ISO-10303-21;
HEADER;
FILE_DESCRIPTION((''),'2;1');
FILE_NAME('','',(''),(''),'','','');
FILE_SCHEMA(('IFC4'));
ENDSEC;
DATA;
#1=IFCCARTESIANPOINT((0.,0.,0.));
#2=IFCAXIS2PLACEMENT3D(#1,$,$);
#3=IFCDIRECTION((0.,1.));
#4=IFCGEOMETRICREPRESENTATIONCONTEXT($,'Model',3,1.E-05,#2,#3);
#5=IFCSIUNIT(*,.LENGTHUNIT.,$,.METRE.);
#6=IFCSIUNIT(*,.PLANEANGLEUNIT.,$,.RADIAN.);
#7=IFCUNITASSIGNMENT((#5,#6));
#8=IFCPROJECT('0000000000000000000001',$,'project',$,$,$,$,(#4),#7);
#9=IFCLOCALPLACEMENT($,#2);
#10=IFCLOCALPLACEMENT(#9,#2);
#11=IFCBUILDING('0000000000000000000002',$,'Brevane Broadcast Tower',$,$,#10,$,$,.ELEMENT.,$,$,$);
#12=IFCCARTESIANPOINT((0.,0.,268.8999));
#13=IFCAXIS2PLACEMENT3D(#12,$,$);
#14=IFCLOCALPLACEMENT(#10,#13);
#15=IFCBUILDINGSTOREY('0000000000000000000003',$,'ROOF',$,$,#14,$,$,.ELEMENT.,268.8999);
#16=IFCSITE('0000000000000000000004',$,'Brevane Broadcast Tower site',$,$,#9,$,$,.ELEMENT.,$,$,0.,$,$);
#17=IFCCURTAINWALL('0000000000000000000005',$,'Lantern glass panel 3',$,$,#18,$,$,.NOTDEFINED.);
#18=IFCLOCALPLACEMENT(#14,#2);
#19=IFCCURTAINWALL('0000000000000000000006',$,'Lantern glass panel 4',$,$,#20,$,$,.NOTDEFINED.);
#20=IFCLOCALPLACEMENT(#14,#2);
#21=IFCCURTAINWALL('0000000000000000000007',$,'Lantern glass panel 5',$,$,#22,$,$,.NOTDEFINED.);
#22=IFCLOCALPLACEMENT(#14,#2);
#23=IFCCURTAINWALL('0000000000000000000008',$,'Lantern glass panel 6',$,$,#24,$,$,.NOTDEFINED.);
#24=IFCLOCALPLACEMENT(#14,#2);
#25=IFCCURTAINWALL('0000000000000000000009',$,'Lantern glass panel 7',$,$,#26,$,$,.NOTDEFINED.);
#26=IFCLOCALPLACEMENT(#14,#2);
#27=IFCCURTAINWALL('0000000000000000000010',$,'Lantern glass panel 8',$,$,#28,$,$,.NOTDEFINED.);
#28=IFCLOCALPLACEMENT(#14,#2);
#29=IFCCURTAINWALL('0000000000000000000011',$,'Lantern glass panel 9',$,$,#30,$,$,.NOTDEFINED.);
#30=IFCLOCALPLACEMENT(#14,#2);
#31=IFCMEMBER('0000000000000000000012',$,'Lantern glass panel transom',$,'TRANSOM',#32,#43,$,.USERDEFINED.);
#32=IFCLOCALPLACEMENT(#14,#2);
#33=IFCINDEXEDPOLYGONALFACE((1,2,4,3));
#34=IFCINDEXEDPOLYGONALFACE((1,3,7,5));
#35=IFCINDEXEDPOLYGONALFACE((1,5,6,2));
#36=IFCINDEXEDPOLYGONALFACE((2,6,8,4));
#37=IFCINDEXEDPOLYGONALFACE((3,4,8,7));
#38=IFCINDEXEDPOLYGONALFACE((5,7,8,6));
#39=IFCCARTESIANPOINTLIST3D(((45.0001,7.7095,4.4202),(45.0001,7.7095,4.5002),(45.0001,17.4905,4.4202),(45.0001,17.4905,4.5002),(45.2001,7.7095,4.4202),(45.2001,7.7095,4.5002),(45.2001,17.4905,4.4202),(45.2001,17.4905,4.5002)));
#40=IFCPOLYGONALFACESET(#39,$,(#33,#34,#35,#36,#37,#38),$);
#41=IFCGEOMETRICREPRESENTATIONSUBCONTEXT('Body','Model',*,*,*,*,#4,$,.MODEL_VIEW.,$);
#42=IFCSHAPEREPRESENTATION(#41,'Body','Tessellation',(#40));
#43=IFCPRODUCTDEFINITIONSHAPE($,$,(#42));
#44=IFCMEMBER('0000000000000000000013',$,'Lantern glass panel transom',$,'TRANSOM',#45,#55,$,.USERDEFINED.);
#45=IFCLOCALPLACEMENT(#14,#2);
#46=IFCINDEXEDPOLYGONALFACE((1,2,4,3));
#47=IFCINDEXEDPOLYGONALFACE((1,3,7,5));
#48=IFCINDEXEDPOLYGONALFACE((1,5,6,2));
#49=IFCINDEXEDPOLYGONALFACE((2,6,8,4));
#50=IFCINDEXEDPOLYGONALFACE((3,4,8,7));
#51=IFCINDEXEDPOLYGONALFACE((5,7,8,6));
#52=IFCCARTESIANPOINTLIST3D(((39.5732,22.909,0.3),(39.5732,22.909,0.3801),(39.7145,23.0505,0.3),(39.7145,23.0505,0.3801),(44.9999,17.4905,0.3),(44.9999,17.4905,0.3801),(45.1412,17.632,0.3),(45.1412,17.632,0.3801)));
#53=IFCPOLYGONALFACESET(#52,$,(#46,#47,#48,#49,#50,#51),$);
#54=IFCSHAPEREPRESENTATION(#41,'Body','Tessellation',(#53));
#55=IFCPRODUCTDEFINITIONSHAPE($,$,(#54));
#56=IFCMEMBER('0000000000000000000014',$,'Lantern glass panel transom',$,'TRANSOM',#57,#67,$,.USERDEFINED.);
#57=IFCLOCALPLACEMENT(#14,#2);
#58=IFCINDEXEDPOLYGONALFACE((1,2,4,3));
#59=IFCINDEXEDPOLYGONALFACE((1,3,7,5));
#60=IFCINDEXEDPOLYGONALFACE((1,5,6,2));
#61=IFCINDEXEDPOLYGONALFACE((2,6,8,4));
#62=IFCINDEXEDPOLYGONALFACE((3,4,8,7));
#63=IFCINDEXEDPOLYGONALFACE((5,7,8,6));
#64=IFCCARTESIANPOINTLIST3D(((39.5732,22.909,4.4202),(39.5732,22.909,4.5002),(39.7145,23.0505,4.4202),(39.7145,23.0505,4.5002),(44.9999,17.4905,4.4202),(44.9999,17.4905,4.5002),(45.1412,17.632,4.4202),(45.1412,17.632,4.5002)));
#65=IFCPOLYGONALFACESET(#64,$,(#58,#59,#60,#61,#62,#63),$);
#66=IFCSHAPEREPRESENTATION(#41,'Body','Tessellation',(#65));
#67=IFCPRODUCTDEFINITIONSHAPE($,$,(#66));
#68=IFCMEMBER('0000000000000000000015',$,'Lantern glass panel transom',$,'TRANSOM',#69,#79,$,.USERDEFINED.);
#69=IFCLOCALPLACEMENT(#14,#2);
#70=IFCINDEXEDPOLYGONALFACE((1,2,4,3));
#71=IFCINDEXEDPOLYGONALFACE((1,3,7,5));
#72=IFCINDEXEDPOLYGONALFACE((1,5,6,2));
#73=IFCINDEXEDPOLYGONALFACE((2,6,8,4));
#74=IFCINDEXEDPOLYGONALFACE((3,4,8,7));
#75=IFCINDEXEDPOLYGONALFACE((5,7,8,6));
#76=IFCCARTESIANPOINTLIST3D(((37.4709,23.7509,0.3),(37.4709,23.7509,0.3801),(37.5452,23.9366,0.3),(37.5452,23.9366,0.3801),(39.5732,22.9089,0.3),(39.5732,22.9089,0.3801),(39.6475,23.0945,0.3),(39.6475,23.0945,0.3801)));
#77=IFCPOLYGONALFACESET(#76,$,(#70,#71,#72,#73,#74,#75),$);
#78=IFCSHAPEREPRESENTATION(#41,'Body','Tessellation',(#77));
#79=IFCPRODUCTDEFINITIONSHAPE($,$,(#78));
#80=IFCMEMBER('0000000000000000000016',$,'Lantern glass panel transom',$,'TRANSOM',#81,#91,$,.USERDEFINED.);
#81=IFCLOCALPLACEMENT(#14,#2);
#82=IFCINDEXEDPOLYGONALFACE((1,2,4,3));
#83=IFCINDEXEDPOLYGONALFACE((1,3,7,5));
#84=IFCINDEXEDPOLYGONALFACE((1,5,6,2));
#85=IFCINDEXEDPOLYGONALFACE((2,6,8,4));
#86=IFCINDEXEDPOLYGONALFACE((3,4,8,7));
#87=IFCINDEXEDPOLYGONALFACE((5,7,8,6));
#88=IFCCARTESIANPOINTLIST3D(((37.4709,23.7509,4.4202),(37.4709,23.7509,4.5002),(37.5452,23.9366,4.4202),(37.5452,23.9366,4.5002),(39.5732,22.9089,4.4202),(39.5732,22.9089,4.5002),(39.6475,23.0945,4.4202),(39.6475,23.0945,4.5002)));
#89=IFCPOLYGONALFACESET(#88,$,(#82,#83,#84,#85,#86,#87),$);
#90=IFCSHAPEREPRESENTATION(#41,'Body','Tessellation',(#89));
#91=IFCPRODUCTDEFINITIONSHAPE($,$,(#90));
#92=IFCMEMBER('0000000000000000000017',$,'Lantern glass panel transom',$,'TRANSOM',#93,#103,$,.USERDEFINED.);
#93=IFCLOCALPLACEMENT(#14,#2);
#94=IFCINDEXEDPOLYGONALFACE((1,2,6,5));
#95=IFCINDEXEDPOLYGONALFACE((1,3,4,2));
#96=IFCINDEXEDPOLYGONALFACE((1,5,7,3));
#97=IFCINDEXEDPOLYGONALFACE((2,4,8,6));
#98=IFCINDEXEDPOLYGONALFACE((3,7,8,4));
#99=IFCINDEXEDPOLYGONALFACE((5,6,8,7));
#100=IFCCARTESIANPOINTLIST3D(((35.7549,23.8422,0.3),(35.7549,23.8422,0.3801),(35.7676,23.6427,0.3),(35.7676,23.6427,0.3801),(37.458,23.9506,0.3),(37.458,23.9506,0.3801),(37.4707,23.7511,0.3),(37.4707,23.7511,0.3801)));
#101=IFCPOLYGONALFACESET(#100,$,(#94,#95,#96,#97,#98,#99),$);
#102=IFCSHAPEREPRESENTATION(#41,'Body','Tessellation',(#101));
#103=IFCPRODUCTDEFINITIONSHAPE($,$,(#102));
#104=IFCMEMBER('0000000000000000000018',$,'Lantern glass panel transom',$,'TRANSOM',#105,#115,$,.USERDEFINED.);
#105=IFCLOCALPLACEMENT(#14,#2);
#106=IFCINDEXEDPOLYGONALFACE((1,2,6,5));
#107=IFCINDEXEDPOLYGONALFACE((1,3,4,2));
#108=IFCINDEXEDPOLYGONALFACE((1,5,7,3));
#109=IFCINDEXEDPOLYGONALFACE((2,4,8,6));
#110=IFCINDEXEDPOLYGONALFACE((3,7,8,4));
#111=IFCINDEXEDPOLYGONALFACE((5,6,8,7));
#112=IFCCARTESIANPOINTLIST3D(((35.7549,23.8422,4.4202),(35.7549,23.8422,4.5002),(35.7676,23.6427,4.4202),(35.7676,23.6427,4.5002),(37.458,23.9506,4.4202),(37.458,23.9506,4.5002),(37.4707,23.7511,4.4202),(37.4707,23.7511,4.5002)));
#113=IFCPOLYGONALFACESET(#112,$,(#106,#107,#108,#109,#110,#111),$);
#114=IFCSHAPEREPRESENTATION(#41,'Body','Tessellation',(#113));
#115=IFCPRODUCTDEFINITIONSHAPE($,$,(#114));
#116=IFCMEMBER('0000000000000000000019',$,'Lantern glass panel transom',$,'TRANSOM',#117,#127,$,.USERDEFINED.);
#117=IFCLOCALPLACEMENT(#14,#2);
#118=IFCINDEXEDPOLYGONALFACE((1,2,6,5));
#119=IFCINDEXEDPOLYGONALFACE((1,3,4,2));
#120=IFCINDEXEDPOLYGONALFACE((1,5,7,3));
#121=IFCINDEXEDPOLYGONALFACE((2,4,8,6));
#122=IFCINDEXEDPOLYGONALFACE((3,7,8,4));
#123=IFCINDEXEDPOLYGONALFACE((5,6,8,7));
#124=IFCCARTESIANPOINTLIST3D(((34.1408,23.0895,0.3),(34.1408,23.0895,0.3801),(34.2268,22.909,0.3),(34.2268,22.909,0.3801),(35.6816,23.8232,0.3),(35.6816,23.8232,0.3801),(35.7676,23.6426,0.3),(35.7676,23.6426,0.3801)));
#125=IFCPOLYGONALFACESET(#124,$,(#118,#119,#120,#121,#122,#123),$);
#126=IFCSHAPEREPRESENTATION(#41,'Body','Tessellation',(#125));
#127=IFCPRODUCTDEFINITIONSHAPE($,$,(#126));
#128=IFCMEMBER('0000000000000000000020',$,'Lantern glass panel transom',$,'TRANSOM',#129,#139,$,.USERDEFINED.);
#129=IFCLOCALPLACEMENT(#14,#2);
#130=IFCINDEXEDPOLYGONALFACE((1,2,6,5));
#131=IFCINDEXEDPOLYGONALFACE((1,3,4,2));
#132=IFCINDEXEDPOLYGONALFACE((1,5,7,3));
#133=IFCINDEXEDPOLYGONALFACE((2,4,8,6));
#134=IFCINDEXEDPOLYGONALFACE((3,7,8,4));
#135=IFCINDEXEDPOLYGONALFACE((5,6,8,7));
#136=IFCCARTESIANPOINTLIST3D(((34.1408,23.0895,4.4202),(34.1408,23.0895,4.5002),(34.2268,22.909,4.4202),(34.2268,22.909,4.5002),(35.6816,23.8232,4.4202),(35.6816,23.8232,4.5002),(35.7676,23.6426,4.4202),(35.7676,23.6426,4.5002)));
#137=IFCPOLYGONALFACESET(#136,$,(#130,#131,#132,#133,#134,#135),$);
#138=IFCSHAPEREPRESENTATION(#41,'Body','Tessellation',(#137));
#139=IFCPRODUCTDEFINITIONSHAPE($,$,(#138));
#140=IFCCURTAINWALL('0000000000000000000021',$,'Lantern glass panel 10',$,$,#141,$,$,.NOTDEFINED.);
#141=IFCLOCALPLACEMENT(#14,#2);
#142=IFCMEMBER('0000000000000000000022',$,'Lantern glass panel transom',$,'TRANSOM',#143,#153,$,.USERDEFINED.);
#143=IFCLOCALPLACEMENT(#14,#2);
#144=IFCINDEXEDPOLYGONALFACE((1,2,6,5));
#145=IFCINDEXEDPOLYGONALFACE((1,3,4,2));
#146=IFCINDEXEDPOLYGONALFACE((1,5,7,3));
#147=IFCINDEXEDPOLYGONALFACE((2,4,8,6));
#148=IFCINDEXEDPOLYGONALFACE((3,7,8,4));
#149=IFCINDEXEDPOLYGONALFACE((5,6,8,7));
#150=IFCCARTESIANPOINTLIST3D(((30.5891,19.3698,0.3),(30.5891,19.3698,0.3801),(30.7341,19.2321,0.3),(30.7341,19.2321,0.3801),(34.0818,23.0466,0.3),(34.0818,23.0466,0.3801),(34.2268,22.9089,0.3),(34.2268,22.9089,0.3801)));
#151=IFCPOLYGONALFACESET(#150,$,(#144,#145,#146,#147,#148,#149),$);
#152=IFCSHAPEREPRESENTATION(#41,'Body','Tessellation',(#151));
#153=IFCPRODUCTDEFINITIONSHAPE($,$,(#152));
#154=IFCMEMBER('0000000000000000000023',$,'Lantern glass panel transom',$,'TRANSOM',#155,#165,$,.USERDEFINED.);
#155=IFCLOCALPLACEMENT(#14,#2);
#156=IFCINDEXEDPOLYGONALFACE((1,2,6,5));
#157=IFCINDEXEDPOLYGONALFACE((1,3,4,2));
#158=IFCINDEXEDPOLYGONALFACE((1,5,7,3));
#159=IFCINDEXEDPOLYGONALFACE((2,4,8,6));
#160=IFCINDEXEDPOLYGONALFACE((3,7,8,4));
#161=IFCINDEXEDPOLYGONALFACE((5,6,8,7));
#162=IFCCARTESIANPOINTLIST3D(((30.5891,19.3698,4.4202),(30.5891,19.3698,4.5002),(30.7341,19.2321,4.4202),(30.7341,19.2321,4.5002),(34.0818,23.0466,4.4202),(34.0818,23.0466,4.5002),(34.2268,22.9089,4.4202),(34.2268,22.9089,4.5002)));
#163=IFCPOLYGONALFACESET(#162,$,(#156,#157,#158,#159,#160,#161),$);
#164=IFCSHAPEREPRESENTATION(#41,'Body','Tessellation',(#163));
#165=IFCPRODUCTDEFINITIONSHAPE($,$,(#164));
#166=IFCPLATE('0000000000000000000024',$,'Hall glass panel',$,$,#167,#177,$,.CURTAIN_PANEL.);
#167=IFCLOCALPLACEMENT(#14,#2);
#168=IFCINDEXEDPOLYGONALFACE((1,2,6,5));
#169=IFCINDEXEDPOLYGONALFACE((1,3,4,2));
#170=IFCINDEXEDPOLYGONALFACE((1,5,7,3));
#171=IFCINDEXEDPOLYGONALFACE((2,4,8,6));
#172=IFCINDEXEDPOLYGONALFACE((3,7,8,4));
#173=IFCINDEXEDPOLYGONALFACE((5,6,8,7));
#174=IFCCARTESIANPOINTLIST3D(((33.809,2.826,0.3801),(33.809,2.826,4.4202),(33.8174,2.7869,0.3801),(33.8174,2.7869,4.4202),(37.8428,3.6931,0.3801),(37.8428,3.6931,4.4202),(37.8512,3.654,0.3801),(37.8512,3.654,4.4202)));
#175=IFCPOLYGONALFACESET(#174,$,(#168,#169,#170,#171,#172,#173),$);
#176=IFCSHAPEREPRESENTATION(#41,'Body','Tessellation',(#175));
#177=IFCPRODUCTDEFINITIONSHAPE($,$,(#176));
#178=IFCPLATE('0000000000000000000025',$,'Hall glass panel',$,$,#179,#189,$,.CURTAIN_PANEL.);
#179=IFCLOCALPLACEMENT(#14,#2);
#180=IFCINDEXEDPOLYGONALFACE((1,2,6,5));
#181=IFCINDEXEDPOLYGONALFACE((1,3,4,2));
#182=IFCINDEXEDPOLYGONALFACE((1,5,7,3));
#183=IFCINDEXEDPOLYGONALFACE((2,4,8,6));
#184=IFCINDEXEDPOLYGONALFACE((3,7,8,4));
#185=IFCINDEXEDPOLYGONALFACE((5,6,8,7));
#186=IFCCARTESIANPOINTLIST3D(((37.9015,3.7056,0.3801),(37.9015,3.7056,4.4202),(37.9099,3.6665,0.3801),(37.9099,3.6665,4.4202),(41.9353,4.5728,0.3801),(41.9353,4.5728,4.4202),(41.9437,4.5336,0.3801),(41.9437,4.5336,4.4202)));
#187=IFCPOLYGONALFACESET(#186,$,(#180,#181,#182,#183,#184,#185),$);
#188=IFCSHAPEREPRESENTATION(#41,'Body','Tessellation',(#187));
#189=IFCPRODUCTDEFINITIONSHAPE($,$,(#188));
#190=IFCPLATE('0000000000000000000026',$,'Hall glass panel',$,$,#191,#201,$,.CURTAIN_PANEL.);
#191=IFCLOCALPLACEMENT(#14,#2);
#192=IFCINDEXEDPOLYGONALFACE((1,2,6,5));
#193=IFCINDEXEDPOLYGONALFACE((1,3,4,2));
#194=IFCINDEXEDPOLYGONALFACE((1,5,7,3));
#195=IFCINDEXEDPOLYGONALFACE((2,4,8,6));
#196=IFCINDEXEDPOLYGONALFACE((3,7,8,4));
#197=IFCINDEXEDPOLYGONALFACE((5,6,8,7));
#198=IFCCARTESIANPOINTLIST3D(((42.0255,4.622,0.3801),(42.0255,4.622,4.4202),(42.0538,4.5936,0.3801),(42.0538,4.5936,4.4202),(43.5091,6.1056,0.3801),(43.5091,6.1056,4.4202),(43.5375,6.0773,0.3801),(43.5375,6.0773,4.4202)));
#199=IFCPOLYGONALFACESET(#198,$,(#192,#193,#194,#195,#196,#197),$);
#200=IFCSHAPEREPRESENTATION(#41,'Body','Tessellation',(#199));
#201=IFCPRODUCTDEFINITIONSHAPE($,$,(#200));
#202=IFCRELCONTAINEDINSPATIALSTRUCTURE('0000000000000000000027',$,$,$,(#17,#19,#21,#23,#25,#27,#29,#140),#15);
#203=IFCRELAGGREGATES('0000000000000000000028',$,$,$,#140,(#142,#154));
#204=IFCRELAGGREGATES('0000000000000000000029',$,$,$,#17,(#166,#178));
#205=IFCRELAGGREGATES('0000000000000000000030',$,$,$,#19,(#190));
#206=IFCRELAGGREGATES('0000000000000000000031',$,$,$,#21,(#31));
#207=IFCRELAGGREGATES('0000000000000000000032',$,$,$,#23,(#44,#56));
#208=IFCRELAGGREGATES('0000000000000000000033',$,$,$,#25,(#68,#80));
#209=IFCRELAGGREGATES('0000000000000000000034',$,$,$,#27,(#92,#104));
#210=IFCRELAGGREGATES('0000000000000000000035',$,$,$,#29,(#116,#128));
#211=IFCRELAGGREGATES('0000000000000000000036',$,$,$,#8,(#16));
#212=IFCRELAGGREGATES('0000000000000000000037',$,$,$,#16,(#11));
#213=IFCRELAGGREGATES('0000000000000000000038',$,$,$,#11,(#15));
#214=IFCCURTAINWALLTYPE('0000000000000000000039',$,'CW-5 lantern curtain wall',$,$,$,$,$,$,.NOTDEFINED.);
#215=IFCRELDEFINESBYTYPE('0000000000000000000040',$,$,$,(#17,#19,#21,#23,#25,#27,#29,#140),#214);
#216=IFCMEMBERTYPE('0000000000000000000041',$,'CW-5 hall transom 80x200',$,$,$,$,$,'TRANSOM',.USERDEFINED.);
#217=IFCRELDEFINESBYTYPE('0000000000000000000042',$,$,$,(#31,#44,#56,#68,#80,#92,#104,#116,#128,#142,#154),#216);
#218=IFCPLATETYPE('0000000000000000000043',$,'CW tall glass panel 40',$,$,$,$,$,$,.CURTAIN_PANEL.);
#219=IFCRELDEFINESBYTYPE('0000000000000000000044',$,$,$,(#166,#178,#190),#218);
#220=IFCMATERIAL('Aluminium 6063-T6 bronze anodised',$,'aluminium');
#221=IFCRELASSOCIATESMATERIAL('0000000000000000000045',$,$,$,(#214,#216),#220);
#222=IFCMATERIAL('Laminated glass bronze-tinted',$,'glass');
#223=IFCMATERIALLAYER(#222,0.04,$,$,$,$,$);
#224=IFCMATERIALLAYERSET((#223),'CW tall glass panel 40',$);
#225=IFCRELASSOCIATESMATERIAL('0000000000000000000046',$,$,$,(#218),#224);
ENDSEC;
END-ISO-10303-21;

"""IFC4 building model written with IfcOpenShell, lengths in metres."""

from ifc_helpers import new_model, si_unit, direction, frame, origin, origin_2d, place, context, subcontext, project, spatial, rectangle, extrude, material, layer, layer_set, material_profile, profile_set, type_object, element, aggregate, save


model = new_model("IFC4")

# Units and contexts
model_context = context("Model", 3, precision=1e-05, world=origin(), true_north=direction((0.0, 1.0)))
body_context = subcontext(model_context, "Body", "Model", "MODEL_VIEW")
ifc_project = project(units=[si_unit("LENGTHUNIT", "METRE"), si_unit("PLANEANGLEUNIT", "RADIAN")], contexts=[model_context])

# Site, building, storey
site_placement = place(None, origin())
site = spatial("IfcSite", under=ifc_project, at=site_placement, Name="Brevane Broadcast Tower site", CompositionType="ELEMENT", RefElevation=0.0)
building_placement = place(site_placement, origin())
building = spatial("IfcBuilding", under=site, at=building_placement, Name="Brevane Broadcast Tower", CompositionType="ELEMENT")
storey_placement = place(building_placement, frame((0.0, 0.0, 268.8999)))
storey = spatial("IfcBuildingStorey", under=building, at=storey_placement, Name="ROOF", CompositionType="ELEMENT", Elevation=268.8999)

# Curtain walls
ifc_material_1 = material(Name="Aluminium 6063-T6 bronze anodised", Category="aluminium")
curtain_wall_type = type_object("IfcCurtainWallType", Name="CW-5 lantern curtain wall", PredefinedType="NOTDEFINED", material=ifc_material_1)
curtain_wall_1_placement = place(storey_placement, origin())
curtain_wall_1 = element("IfcCurtainWall", 1, at=curtain_wall_1_placement, inside=storey, type_object=curtain_wall_type, Name="Lantern glass panel 3", PredefinedType="NOTDEFINED")
curtain_wall_2_placement = place(storey_placement, origin())
curtain_wall_2 = element("IfcCurtainWall", 2, at=curtain_wall_2_placement, inside=storey, type_object=curtain_wall_type, Name="Lantern glass panel 4", PredefinedType="NOTDEFINED")
curtain_wall_3_placement = place(storey_placement, origin())
curtain_wall_3 = element("IfcCurtainWall", 3, at=curtain_wall_3_placement, inside=storey, type_object=curtain_wall_type, Name="Lantern glass panel 5", PredefinedType="NOTDEFINED")
curtain_wall_4_placement = place(storey_placement, origin())
curtain_wall_4 = element("IfcCurtainWall", 4, at=curtain_wall_4_placement, inside=storey, type_object=curtain_wall_type, Name="Lantern glass panel 6", PredefinedType="NOTDEFINED")

# Curtain walls
curtain_wall_5_placement = place(storey_placement, origin())
curtain_wall_5 = element("IfcCurtainWall", 5, at=curtain_wall_5_placement, inside=storey, type_object=curtain_wall_type, Name="Lantern glass panel 7", PredefinedType="NOTDEFINED")
curtain_wall_6_placement = place(storey_placement, origin())
curtain_wall_6 = element("IfcCurtainWall", 6, at=curtain_wall_6_placement, inside=storey, type_object=curtain_wall_type, Name="Lantern glass panel 8", PredefinedType="NOTDEFINED")
curtain_wall_7_placement = place(storey_placement, origin())
curtain_wall_7 = element("IfcCurtainWall", 7, at=curtain_wall_7_placement, inside=storey, type_object=curtain_wall_type, Name="Lantern glass panel 9", PredefinedType="NOTDEFINED")

# Members
ifc_material_profile_1 = material_profile(ifc_material_1, rectangle(XDim=0.2, YDim=0.0801, at=origin_2d()), Name="RECT 80x200")
ifc_profile_set_1 = profile_set([ifc_material_profile_1], Name="Aluminium 6063-T6 bronze anodised")
member_type_1 = type_object("IfcMemberType", Name="CW-5 hall transom 80x200", ElementType="TRANSOM", PredefinedType="USERDEFINED", material=ifc_profile_set_1)
member_1_placement = place(storey_placement, frame((45.1001, 7.7095, 4.4602), z_axis=(0.0, 1.0, 0.0), x_axis=(-1.0, 0.0, 0.0)))
member_1 = element("IfcMember", 8, at=member_1_placement, type_object=member_type_1, Name="Lantern glass panel transom", ObjectType="TRANSOM", PredefinedType="USERDEFINED", context=body_context, shape_type="SweptSolid", body=[
    extrude(rectangle(XDim=0.2, YDim=0.0801, at=origin_2d()), origin(), (0.0, 0.0, 1.0), 9.781),
])
member_2_placement = place(storey_placement, frame((45.0706, 17.5613, 0.3401), z_axis=(-0.707648, 0.706565, 0.0), x_axis=(-0.706565, -0.707648, 0.0)))
member_2 = element("IfcMember", 9, at=member_2_placement, type_object=member_type_1, Name="Lantern glass panel transom", ObjectType="TRANSOM", PredefinedType="USERDEFINED", context=body_context, shape_type="SweptSolid", body=[
    extrude(rectangle(XDim=0.2, YDim=0.0801, at=origin_2d()), origin(), (0.0, 0.0, 1.0), 7.6687),
])
member_3_placement = place(storey_placement, frame((45.0706, 17.5613, 4.4602), z_axis=(-0.707648, 0.706565, 0.0), x_axis=(-0.706565, -0.707648, 0.0)))
member_3 = element("IfcMember", 10, at=member_3_placement, type_object=member_type_1, Name="Lantern glass panel transom", ObjectType="TRANSOM", PredefinedType="USERDEFINED", context=body_context, shape_type="SweptSolid", body=[
    extrude(rectangle(XDim=0.2, YDim=0.0801, at=origin_2d()), origin(), (0.0, 0.0, 1.0), 7.6687),
])
member_4_placement = place(storey_placement, frame((39.6104, 23.0017, 0.3401), z_axis=(-0.928306, 0.371818, 0.0), x_axis=(-0.371818, -0.928306, 0.0)))
member_4 = element("IfcMember", 11, at=member_4_placement, type_object=member_type_1, Name="Lantern glass panel transom", ObjectType="TRANSOM", PredefinedType="USERDEFINED", context=body_context, shape_type="SweptSolid", body=[
    extrude(rectangle(XDim=0.2, YDim=0.0801, at=origin_2d()), origin(), (0.0, 0.0, 1.0), 2.2646),
])
member_5_placement = place(storey_placement, frame((39.6104, 23.0017, 4.4602), z_axis=(-0.928306, 0.371818, 0.0), x_axis=(-0.371818, -0.928306, 0.0)))
member_5 = element("IfcMember", 12, at=member_5_placement, type_object=member_type_1, Name="Lantern glass panel transom", ObjectType="TRANSOM", PredefinedType="USERDEFINED", context=body_context, shape_type="SweptSolid", body=[
    extrude(rectangle(XDim=0.2, YDim=0.0801, at=origin_2d()), origin(), (0.0, 0.0, 1.0), 2.2646),
])
member_6_placement = place(storey_placement, frame((37.4644, 23.8508, 0.3401), z_axis=(-0.997981, -0.063518, 0.0), x_axis=(0.063518, -0.997981, 0.0)))
member_6 = element("IfcMember", 13, at=member_6_placement, type_object=member_type_1, Name="Lantern glass panel transom", ObjectType="TRANSOM", PredefinedType="USERDEFINED", context=body_context, shape_type="SweptSolid", body=[
    extrude(rectangle(XDim=0.2, YDim=0.0801, at=origin_2d()), origin(), (0.0, 0.0, 1.0), 1.7065),
])
member_7_placement = place(storey_placement, frame((37.4644, 23.8508, 4.4602), z_axis=(-0.997981, -0.063518, 0.0), x_axis=(0.063518, -0.997981, 0.0)))
member_7 = element("IfcMember", 14, at=member_7_placement, type_object=member_type_1, Name="Lantern glass panel transom", ObjectType="TRANSOM", PredefinedType="USERDEFINED", context=body_context, shape_type="SweptSolid", body=[
    extrude(rectangle(XDim=0.2, YDim=0.0801, at=origin_2d()), origin(), (0.0, 0.0, 1.0), 1.7065),
])
member_8_placement = place(storey_placement, frame((35.7246, 23.7329, 0.3401), z_axis=(-0.902874, -0.429906, 0.0), x_axis=(0.429906, -0.902874, 0.0)))
member_8 = element("IfcMember", 15, at=member_8_placement, type_object=member_type_1, Name="Lantern glass panel transom", ObjectType="TRANSOM", PredefinedType="USERDEFINED", context=body_context, shape_type="SweptSolid", body=[
    extrude(rectangle(XDim=0.2, YDim=0.0801, at=origin_2d()), origin(), (0.0, 0.0, 1.0), 1.7065),
])
member_9_placement = place(storey_placement, frame((35.7246, 23.7329, 4.4602), z_axis=(-0.902874, -0.429906, 0.0), x_axis=(0.429906, -0.902874, 0.0)))
member_9 = element("IfcMember", 16, at=member_9_placement, type_object=member_type_1, Name="Lantern glass panel transom", ObjectType="TRANSOM", PredefinedType="USERDEFINED", context=body_context, shape_type="SweptSolid", body=[
    extrude(rectangle(XDim=0.2, YDim=0.0801, at=origin_2d()), origin(), (0.0, 0.0, 1.0), 1.7065),
])

# Curtain wall, members
curtain_wall_8_placement = place(storey_placement, origin())
curtain_wall_8 = element("IfcCurtainWall", 17, at=curtain_wall_8_placement, inside=storey, type_object=curtain_wall_type, Name="Lantern glass panel 10", PredefinedType="NOTDEFINED")
member_10_placement = place(storey_placement, frame((34.1543, 22.9778, 0.3401), z_axis=(-0.688724, -0.725023, 0.0), x_axis=(0.725023, -0.688724, 0.0)))
member_10 = element("IfcMember", 18, at=member_10_placement, type_object=member_type_1, Name="Lantern glass panel transom", ObjectType="TRANSOM", PredefinedType="USERDEFINED", context=body_context, shape_type="SweptSolid", body=[
    extrude(rectangle(XDim=0.2, YDim=0.0801, at=origin_2d()), origin(), (0.0, 0.0, 1.0), 5.0713),
])
member_11_placement = place(storey_placement, frame((34.1543, 22.9778, 4.4602), z_axis=(-0.688724, -0.725023, 0.0), x_axis=(0.725023, -0.688724, 0.0)))
member_11 = element("IfcMember", 19, at=member_11_placement, type_object=member_type_1, Name="Lantern glass panel transom", ObjectType="TRANSOM", PredefinedType="USERDEFINED", context=body_context, shape_type="SweptSolid", body=[
    extrude(rectangle(XDim=0.2, YDim=0.0801, at=origin_2d()), origin(), (0.0, 0.0, 1.0), 5.0713),
])
aggregate(curtain_wall_8, [member_10, member_11])

# Plates
ifc_material_2 = material(Name="Laminated glass bronze-tinted", Category="glass")
ifc_layer_1 = layer(ifc_material_2, 0.04)
ifc_layer_set_1 = layer_set([ifc_layer_1], Name="CW tall glass panel 40")
plate_type_1 = type_object("IfcPlateType", Name="CW tall glass panel 40", PredefinedType="CURTAIN_PANEL", material=ifc_layer_set_1)
plate_1_placement = place(storey_placement, frame((35.8301, 3.24, 0.3801), z_axis=(0.0, 0.0, 1.0), x_axis=(0.977667, 0.210158, 0.0)))
plate_1 = element("IfcPlate", 20, at=plate_1_placement, type_object=plate_type_1, Name="Hall glass panel", PredefinedType="CURTAIN_PANEL", context=body_context, shape_type="SweptSolid", body=[
    extrude(rectangle(XDim=4.126, YDim=0.04, at=origin_2d()), origin(), (0.0, 0.0, 1.0), 4.04),
])
plate_2_placement = place(storey_placement, frame((39.9226, 4.1196, 0.3801), z_axis=(0.0, 0.0, 1.0), x_axis=(0.977667, 0.210158, 0.0)))
plate_2 = element("IfcPlate", 21, at=plate_2_placement, type_object=plate_type_1, Name="Hall glass panel", PredefinedType="CURTAIN_PANEL", context=body_context, shape_type="SweptSolid", body=[
    extrude(rectangle(XDim=4.126, YDim=0.04, at=origin_2d()), origin(), (0.0, 0.0, 1.0), 4.04),
])
aggregate(curtain_wall_1, [plate_1, plate_2])
plate_3_placement = place(storey_placement, frame((42.7815, 5.3496, 0.3801), z_axis=(0.0, 0.0, 1.0), x_axis=(0.707107, 0.707107, 0.0)))
plate_3 = element("IfcPlate", 22, at=plate_3_placement, type_object=plate_type_1, Name="Hall glass panel", PredefinedType="CURTAIN_PANEL", context=body_context, shape_type="SweptSolid", body=[
    extrude(rectangle(XDim=2.0981, YDim=0.04, at=origin_2d()), origin(), (0.0, 0.0, 1.0), 4.04),
])
aggregate(curtain_wall_2, [plate_3])
aggregate(curtain_wall_3, [member_1])
aggregate(curtain_wall_4, [member_2, member_3])
aggregate(curtain_wall_5, [member_4, member_5])
aggregate(curtain_wall_6, [member_6, member_7])
aggregate(curtain_wall_7, [member_8, member_9])

save(model, "model.ifc")
